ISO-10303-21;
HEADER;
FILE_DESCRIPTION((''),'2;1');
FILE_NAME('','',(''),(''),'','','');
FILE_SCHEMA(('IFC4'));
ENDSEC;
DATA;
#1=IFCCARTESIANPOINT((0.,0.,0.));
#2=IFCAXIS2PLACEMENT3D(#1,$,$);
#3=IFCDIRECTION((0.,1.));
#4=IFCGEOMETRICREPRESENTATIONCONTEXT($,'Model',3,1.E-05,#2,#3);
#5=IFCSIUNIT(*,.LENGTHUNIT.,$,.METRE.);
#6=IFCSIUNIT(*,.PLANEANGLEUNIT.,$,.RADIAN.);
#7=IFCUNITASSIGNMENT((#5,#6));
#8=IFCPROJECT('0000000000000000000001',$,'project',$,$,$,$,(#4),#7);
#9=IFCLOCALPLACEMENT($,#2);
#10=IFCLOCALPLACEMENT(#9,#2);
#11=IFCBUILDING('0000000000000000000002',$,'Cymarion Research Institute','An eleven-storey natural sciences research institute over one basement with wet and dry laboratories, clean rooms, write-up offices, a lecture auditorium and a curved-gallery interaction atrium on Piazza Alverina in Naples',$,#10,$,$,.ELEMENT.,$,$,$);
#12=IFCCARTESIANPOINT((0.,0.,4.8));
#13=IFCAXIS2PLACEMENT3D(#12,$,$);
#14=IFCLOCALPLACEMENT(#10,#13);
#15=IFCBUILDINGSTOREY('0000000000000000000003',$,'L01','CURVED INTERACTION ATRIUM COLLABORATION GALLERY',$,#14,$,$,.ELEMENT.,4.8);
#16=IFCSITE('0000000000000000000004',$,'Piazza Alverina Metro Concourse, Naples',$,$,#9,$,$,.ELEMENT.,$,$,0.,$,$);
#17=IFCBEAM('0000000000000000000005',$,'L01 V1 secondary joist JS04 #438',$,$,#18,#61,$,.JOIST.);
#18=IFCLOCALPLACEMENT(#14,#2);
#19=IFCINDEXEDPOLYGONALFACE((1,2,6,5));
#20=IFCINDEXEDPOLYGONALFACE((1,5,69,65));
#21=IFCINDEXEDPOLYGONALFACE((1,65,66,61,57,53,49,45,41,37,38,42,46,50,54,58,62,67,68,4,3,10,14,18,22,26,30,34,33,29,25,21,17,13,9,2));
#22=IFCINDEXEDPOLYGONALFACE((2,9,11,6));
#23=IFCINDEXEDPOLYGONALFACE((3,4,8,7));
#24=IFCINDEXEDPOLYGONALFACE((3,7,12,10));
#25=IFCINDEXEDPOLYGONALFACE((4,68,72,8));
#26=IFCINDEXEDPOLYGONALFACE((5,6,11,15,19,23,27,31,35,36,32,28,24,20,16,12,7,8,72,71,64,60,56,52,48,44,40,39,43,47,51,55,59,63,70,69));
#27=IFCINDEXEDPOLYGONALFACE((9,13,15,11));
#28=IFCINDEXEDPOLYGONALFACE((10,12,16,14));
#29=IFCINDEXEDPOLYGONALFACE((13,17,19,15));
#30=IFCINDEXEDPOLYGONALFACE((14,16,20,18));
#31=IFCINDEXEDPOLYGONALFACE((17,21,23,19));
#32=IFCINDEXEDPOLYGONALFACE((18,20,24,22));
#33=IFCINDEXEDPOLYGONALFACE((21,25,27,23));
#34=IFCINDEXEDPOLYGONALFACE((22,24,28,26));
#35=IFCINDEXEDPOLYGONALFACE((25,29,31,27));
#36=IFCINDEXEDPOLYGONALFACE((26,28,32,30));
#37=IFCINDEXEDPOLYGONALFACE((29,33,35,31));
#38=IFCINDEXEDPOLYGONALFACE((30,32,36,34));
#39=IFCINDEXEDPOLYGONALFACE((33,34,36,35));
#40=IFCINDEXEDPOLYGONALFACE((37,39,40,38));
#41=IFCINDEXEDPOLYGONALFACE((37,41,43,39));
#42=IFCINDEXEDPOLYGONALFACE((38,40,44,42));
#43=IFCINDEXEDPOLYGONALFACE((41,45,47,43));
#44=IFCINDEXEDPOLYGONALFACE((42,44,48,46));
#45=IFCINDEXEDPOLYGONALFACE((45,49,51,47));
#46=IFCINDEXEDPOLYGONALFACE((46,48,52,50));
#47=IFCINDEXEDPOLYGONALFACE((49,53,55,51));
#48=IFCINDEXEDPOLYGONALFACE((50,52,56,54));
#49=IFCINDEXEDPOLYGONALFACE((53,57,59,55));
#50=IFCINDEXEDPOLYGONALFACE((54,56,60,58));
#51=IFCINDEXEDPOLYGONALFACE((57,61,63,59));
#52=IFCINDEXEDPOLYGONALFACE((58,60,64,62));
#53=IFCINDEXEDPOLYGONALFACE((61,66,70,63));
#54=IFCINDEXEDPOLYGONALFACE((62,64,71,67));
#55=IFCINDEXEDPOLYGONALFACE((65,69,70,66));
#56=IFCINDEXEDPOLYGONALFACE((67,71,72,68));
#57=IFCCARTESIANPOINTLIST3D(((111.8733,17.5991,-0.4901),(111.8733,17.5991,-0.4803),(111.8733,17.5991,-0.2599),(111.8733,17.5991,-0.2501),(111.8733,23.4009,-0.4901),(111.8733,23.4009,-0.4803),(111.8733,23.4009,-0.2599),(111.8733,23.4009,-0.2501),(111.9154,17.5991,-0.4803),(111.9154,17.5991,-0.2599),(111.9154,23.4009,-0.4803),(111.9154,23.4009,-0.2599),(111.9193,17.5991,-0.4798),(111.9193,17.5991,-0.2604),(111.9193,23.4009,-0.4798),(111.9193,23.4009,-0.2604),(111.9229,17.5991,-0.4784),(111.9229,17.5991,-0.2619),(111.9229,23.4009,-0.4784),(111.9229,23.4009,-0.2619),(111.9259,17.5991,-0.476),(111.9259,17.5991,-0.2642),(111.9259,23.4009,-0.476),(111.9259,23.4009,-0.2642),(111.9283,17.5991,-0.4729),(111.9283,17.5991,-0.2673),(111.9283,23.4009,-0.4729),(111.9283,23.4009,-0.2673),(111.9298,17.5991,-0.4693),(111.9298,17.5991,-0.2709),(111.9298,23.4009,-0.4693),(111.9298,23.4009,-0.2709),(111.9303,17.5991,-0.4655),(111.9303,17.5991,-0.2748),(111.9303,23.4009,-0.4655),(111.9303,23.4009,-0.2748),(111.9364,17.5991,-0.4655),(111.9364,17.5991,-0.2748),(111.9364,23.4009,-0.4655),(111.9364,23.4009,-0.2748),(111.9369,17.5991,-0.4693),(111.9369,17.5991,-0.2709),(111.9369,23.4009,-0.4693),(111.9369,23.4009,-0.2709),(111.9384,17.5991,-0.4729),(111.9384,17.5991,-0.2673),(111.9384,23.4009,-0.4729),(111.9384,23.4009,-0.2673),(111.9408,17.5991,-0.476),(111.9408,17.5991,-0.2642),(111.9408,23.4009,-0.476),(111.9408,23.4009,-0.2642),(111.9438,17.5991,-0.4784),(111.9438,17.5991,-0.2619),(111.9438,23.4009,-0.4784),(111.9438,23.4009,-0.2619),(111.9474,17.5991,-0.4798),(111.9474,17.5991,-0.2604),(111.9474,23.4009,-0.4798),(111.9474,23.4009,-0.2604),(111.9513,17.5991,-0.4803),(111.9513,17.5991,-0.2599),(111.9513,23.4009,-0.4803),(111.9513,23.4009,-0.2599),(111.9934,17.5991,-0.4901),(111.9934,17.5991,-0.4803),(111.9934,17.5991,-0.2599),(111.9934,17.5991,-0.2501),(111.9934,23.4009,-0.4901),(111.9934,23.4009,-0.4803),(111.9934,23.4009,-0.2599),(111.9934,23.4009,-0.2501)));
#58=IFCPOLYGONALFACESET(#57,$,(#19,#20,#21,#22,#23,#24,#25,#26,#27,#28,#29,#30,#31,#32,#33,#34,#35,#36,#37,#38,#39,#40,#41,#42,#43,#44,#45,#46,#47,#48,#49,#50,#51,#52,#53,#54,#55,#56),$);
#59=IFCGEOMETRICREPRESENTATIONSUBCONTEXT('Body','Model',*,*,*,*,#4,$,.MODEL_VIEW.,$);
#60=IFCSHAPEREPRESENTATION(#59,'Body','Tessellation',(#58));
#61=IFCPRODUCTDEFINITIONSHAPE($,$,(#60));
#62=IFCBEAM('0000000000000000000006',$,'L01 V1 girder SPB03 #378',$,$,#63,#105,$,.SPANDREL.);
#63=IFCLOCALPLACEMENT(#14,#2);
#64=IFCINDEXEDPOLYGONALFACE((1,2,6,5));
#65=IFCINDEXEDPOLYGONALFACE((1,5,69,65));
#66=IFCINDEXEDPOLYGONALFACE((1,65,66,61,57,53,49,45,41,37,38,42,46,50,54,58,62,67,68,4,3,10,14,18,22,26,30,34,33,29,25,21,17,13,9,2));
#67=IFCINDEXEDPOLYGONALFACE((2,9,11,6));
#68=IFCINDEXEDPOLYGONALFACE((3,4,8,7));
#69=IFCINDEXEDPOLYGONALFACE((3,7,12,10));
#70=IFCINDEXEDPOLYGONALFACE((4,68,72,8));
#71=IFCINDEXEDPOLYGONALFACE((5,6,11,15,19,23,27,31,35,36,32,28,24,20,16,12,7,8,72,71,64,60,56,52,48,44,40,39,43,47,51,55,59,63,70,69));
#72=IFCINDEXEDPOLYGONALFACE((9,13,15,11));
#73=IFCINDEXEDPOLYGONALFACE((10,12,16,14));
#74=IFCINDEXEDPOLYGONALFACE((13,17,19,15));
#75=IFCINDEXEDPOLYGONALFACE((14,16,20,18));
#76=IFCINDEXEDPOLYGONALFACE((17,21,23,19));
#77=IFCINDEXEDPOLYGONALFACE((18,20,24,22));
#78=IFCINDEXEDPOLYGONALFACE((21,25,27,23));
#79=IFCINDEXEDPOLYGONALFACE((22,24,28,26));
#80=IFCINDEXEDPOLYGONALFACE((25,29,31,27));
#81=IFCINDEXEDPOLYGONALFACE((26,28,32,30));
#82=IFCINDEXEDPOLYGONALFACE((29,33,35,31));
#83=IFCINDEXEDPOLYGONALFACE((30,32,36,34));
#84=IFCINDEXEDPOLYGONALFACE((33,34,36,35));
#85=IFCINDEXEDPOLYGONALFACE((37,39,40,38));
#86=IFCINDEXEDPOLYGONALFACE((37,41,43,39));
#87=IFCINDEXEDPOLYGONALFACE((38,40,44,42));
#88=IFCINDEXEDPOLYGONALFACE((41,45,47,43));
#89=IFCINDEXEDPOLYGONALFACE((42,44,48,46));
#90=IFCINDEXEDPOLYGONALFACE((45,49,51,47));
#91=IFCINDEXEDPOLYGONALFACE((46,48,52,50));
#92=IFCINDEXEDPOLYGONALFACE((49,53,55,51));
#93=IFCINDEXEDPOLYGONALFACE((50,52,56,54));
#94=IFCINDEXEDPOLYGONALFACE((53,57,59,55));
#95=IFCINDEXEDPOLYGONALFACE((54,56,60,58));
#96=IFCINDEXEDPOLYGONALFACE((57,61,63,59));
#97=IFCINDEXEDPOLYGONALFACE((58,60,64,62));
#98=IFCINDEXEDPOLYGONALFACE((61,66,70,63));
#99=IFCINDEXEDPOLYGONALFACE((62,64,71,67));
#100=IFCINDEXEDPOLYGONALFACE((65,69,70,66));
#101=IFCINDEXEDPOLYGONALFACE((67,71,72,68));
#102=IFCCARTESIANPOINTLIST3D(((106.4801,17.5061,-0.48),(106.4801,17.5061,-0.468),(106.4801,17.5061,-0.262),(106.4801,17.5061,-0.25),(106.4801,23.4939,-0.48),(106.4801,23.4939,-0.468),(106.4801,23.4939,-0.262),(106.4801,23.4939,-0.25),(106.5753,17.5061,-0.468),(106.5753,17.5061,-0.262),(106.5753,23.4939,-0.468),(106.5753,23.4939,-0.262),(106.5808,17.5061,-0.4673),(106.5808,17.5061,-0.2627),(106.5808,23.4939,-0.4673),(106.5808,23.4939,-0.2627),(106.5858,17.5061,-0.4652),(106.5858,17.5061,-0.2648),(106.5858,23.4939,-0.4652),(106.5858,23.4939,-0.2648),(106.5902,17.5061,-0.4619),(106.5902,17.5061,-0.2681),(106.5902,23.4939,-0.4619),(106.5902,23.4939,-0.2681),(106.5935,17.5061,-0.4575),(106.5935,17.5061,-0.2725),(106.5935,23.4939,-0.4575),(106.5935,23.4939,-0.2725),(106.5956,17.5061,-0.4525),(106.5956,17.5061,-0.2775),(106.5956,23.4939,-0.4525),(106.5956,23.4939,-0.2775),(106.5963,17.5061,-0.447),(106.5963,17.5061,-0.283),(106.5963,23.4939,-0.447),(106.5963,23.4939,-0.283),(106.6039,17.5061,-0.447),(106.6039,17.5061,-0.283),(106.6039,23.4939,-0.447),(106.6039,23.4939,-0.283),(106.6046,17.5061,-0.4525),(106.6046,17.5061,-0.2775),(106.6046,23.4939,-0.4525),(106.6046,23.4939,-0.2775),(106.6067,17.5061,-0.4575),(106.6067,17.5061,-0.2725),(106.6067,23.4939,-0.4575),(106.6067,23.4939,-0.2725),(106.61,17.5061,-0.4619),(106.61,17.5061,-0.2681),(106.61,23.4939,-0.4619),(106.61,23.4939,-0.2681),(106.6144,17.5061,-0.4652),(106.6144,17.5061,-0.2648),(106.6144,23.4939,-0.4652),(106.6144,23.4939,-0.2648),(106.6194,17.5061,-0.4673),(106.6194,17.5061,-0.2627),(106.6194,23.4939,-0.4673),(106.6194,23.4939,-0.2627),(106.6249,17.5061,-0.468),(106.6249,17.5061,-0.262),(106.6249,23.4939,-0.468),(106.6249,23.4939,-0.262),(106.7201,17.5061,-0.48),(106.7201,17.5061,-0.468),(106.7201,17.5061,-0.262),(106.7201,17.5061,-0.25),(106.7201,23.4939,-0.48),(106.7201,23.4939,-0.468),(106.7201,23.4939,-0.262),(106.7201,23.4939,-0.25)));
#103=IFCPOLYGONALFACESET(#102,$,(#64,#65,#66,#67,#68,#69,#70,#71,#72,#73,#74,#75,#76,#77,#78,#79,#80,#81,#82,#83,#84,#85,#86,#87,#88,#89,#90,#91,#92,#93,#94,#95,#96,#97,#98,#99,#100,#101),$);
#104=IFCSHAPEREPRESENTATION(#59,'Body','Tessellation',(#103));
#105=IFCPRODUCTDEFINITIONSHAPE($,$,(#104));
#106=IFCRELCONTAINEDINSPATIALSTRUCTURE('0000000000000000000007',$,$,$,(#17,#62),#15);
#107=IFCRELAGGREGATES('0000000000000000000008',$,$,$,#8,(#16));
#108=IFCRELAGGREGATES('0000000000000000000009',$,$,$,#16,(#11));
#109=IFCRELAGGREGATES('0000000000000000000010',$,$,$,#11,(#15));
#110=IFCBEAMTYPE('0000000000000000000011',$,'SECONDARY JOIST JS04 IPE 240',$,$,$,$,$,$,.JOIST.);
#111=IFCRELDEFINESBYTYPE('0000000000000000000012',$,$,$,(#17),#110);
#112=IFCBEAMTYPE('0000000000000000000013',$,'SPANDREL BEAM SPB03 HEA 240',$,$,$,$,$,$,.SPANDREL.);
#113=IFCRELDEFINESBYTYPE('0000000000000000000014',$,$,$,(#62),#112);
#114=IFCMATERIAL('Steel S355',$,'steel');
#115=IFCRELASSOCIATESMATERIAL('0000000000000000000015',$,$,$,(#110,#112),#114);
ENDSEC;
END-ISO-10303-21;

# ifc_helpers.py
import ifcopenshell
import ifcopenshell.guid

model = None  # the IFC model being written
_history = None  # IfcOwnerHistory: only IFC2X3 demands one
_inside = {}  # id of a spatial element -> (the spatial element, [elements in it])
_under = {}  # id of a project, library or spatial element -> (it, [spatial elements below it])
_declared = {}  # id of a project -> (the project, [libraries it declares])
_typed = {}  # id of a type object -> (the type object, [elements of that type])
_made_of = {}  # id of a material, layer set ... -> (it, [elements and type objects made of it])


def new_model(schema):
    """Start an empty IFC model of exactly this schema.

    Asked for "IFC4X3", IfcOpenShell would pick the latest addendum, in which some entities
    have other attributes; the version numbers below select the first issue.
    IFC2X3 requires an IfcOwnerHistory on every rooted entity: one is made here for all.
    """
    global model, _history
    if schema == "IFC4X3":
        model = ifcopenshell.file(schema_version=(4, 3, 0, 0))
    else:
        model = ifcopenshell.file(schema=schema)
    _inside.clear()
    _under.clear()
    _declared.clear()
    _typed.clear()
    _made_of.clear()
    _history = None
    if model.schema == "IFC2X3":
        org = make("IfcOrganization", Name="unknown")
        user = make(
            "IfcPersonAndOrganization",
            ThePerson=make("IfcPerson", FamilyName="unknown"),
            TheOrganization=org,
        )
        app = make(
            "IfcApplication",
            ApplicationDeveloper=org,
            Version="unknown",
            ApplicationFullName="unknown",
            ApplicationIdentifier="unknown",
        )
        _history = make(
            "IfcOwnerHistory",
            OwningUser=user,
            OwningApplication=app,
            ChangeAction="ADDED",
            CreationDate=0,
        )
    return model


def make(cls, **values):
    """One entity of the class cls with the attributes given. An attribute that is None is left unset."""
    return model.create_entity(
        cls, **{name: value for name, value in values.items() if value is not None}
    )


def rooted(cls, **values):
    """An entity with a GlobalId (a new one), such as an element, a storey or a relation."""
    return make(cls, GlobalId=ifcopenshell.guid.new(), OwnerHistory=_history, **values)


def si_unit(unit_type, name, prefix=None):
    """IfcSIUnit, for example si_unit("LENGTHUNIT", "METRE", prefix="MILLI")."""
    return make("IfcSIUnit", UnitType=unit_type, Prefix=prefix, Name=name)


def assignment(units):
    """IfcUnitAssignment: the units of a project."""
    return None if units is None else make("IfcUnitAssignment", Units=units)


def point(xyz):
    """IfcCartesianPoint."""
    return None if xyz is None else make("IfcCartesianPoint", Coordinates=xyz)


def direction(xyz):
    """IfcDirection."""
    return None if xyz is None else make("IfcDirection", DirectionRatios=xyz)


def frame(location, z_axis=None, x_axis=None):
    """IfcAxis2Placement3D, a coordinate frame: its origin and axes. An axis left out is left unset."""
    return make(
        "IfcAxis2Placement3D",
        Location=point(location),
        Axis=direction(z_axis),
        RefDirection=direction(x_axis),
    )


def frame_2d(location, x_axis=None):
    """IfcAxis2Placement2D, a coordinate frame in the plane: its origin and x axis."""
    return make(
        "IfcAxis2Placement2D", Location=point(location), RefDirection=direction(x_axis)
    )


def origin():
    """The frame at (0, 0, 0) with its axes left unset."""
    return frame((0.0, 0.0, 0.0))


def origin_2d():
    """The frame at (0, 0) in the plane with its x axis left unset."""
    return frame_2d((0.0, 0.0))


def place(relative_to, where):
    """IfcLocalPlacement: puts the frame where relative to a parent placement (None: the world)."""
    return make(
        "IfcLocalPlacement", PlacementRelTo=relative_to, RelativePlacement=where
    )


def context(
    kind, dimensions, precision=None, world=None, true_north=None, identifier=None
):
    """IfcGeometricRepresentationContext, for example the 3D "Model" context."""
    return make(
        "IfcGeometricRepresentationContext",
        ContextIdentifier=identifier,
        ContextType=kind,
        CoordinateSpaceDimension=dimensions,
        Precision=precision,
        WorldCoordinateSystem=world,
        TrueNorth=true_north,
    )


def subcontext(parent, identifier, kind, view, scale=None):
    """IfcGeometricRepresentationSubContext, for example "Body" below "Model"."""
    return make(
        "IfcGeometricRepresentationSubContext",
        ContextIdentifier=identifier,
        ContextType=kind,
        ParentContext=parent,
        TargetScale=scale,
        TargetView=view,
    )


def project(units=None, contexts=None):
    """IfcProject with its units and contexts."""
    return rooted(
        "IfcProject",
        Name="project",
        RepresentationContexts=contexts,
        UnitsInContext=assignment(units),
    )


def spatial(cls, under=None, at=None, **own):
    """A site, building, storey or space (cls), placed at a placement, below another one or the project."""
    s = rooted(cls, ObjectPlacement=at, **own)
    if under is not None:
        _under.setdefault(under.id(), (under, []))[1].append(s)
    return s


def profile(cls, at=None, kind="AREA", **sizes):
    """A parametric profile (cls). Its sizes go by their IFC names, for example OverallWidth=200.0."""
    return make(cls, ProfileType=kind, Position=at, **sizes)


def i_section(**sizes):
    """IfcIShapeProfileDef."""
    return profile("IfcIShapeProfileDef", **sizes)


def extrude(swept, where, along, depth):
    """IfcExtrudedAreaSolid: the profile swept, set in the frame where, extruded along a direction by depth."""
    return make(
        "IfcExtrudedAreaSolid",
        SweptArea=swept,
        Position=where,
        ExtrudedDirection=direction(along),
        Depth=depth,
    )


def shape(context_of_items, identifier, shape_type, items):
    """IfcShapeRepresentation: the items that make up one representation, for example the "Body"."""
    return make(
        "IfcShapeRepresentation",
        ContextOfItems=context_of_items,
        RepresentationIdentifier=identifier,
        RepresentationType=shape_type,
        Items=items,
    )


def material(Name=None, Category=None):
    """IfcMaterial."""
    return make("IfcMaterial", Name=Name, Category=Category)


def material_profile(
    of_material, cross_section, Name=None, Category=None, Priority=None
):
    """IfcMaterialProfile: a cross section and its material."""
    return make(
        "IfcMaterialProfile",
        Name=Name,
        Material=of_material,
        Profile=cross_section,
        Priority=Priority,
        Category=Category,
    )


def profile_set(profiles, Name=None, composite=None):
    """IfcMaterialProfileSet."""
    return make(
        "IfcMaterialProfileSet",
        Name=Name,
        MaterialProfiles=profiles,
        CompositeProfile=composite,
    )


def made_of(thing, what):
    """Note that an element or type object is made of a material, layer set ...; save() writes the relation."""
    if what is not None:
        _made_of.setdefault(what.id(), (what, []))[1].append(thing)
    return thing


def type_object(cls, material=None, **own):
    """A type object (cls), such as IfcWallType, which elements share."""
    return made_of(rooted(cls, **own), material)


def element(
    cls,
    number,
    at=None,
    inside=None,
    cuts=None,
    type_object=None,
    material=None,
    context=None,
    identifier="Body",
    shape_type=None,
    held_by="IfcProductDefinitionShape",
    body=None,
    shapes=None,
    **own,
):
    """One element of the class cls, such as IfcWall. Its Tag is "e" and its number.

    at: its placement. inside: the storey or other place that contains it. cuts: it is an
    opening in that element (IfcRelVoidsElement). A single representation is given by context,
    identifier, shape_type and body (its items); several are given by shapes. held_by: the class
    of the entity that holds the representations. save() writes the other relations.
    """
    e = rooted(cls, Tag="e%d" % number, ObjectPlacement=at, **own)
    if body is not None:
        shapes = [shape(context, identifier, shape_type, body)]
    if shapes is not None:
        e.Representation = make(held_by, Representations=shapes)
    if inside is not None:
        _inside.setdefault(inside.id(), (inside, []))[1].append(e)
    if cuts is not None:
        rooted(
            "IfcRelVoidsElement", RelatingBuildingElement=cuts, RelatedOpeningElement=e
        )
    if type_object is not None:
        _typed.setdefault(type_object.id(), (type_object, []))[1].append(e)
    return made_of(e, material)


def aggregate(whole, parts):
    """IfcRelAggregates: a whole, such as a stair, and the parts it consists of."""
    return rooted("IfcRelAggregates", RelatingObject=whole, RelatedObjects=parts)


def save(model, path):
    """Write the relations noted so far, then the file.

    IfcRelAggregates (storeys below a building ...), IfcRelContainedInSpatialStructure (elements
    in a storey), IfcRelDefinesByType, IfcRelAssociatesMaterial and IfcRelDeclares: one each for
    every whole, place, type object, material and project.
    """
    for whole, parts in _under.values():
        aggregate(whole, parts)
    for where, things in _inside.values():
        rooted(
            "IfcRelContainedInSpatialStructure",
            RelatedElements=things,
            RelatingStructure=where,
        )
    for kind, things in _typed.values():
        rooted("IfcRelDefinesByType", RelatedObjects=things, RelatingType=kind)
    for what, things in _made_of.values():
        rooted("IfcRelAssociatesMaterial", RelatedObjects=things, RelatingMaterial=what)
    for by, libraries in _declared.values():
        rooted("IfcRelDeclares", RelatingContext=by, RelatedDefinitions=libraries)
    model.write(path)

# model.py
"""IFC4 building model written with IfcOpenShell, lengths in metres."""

from ifc_helpers import new_model, si_unit, direction, frame, origin, origin_2d, place, context, subcontext, project, spatial, i_section, extrude, material, material_profile, profile_set, type_object, element, save


model = new_model("IFC4")

# Units and contexts
model_context = context("Model", 3, precision=1e-05, world=origin(), true_north=direction((0.0, 1.0)))
body_context = subcontext(model_context, "Body", "Model", "MODEL_VIEW")
ifc_project = project(units=[si_unit("LENGTHUNIT", "METRE"), si_unit("PLANEANGLEUNIT", "RADIAN")], contexts=[model_context])

# Site, building, storey
site_placement = place(None, origin())
site = spatial("IfcSite", under=ifc_project, at=site_placement, Name="Piazza Alverina Metro Concourse, Naples", CompositionType="ELEMENT", RefElevation=0.0)
building_placement = place(site_placement, origin())
building = spatial("IfcBuilding", under=site, at=building_placement, Name="Cymarion Research Institute", Description="An eleven-storey natural sciences research institute over one basement with wet and dry laboratories, clean rooms, write-up offices, a lecture auditorium and a curved-gallery interaction atrium on Piazza Alverina in Naples", CompositionType="ELEMENT")
storey_placement = place(building_placement, frame((0.0, 0.0, 4.8)))
storey = spatial("IfcBuildingStorey", under=building, at=storey_placement, Name="L01", Description="CURVED INTERACTION ATRIUM COLLABORATION GALLERY", CompositionType="ELEMENT", Elevation=4.8)

# Shared definitions
ifc_material_1 = material(Name="Steel S355", Category="steel")

# Beams
ifc_material_profile_1 = material_profile(ifc_material_1, i_section(OverallWidth=0.1201, OverallDepth=0.24, WebThickness=0.0061, FlangeThickness=0.0098, FilletRadius=0.0149, at=origin_2d()), Name="IPE 240")
ifc_profile_set_1 = profile_set([ifc_material_profile_1], Name="Steel S355")
beam_type_1 = type_object("IfcBeamType", Name="SECONDARY JOIST JS04 IPE 240", PredefinedType="JOIST", material=ifc_profile_set_1)
for number, where, z_axis, x_axis, name in (
    (1, (111.9333, 17.5991, -0.3701), (0.0, 1.0, 0.0), (-1.0, 0.0, 0.0), "L01 V1 secondary joist JS04 #438"),
):
    element("IfcBeam", number, at=place(storey_placement, frame(where, z_axis=z_axis, x_axis=x_axis)), inside=storey, type_object=beam_type_1, Name=name, PredefinedType="JOIST", context=body_context, shape_type="SweptSolid", body=[
        extrude(i_section(OverallWidth=0.1201, OverallDepth=0.24, WebThickness=0.0061, FlangeThickness=0.0098, FilletRadius=0.0149, at=origin_2d()), origin(), (0.0, 0.0, 1.0), 5.8018),
    ])
ifc_material_profile_2 = material_profile(ifc_material_1, i_section(OverallWidth=0.24, OverallDepth=0.23, WebThickness=0.0076, FlangeThickness=0.012, FilletRadius=0.021, at=origin_2d()), Name="HEA 240")
ifc_profile_set_2 = profile_set([ifc_material_profile_2], Name="Steel S355")
beam_type_2 = type_object("IfcBeamType", Name="SPANDREL BEAM SPB03 HEA 240", PredefinedType="SPANDREL", material=ifc_profile_set_2)
beam_1_placement = place(storey_placement, frame((106.6001, 17.5061, -0.365), z_axis=(0.0, 1.0, 0.0), x_axis=(-1.0, 0.0, 0.0)))
element("IfcBeam", 2, at=beam_1_placement, inside=storey, type_object=beam_type_2, Name="L01 V1 girder SPB03 #378", PredefinedType="SPANDREL", context=body_context, shape_type="SweptSolid", body=[
    extrude(i_section(OverallWidth=0.24, OverallDepth=0.23, WebThickness=0.0076, FlangeThickness=0.012, FilletRadius=0.021, at=origin_2d()), origin(), (0.0, 0.0, 1.0), 5.9878),
])

save(model, "model.ifc")
